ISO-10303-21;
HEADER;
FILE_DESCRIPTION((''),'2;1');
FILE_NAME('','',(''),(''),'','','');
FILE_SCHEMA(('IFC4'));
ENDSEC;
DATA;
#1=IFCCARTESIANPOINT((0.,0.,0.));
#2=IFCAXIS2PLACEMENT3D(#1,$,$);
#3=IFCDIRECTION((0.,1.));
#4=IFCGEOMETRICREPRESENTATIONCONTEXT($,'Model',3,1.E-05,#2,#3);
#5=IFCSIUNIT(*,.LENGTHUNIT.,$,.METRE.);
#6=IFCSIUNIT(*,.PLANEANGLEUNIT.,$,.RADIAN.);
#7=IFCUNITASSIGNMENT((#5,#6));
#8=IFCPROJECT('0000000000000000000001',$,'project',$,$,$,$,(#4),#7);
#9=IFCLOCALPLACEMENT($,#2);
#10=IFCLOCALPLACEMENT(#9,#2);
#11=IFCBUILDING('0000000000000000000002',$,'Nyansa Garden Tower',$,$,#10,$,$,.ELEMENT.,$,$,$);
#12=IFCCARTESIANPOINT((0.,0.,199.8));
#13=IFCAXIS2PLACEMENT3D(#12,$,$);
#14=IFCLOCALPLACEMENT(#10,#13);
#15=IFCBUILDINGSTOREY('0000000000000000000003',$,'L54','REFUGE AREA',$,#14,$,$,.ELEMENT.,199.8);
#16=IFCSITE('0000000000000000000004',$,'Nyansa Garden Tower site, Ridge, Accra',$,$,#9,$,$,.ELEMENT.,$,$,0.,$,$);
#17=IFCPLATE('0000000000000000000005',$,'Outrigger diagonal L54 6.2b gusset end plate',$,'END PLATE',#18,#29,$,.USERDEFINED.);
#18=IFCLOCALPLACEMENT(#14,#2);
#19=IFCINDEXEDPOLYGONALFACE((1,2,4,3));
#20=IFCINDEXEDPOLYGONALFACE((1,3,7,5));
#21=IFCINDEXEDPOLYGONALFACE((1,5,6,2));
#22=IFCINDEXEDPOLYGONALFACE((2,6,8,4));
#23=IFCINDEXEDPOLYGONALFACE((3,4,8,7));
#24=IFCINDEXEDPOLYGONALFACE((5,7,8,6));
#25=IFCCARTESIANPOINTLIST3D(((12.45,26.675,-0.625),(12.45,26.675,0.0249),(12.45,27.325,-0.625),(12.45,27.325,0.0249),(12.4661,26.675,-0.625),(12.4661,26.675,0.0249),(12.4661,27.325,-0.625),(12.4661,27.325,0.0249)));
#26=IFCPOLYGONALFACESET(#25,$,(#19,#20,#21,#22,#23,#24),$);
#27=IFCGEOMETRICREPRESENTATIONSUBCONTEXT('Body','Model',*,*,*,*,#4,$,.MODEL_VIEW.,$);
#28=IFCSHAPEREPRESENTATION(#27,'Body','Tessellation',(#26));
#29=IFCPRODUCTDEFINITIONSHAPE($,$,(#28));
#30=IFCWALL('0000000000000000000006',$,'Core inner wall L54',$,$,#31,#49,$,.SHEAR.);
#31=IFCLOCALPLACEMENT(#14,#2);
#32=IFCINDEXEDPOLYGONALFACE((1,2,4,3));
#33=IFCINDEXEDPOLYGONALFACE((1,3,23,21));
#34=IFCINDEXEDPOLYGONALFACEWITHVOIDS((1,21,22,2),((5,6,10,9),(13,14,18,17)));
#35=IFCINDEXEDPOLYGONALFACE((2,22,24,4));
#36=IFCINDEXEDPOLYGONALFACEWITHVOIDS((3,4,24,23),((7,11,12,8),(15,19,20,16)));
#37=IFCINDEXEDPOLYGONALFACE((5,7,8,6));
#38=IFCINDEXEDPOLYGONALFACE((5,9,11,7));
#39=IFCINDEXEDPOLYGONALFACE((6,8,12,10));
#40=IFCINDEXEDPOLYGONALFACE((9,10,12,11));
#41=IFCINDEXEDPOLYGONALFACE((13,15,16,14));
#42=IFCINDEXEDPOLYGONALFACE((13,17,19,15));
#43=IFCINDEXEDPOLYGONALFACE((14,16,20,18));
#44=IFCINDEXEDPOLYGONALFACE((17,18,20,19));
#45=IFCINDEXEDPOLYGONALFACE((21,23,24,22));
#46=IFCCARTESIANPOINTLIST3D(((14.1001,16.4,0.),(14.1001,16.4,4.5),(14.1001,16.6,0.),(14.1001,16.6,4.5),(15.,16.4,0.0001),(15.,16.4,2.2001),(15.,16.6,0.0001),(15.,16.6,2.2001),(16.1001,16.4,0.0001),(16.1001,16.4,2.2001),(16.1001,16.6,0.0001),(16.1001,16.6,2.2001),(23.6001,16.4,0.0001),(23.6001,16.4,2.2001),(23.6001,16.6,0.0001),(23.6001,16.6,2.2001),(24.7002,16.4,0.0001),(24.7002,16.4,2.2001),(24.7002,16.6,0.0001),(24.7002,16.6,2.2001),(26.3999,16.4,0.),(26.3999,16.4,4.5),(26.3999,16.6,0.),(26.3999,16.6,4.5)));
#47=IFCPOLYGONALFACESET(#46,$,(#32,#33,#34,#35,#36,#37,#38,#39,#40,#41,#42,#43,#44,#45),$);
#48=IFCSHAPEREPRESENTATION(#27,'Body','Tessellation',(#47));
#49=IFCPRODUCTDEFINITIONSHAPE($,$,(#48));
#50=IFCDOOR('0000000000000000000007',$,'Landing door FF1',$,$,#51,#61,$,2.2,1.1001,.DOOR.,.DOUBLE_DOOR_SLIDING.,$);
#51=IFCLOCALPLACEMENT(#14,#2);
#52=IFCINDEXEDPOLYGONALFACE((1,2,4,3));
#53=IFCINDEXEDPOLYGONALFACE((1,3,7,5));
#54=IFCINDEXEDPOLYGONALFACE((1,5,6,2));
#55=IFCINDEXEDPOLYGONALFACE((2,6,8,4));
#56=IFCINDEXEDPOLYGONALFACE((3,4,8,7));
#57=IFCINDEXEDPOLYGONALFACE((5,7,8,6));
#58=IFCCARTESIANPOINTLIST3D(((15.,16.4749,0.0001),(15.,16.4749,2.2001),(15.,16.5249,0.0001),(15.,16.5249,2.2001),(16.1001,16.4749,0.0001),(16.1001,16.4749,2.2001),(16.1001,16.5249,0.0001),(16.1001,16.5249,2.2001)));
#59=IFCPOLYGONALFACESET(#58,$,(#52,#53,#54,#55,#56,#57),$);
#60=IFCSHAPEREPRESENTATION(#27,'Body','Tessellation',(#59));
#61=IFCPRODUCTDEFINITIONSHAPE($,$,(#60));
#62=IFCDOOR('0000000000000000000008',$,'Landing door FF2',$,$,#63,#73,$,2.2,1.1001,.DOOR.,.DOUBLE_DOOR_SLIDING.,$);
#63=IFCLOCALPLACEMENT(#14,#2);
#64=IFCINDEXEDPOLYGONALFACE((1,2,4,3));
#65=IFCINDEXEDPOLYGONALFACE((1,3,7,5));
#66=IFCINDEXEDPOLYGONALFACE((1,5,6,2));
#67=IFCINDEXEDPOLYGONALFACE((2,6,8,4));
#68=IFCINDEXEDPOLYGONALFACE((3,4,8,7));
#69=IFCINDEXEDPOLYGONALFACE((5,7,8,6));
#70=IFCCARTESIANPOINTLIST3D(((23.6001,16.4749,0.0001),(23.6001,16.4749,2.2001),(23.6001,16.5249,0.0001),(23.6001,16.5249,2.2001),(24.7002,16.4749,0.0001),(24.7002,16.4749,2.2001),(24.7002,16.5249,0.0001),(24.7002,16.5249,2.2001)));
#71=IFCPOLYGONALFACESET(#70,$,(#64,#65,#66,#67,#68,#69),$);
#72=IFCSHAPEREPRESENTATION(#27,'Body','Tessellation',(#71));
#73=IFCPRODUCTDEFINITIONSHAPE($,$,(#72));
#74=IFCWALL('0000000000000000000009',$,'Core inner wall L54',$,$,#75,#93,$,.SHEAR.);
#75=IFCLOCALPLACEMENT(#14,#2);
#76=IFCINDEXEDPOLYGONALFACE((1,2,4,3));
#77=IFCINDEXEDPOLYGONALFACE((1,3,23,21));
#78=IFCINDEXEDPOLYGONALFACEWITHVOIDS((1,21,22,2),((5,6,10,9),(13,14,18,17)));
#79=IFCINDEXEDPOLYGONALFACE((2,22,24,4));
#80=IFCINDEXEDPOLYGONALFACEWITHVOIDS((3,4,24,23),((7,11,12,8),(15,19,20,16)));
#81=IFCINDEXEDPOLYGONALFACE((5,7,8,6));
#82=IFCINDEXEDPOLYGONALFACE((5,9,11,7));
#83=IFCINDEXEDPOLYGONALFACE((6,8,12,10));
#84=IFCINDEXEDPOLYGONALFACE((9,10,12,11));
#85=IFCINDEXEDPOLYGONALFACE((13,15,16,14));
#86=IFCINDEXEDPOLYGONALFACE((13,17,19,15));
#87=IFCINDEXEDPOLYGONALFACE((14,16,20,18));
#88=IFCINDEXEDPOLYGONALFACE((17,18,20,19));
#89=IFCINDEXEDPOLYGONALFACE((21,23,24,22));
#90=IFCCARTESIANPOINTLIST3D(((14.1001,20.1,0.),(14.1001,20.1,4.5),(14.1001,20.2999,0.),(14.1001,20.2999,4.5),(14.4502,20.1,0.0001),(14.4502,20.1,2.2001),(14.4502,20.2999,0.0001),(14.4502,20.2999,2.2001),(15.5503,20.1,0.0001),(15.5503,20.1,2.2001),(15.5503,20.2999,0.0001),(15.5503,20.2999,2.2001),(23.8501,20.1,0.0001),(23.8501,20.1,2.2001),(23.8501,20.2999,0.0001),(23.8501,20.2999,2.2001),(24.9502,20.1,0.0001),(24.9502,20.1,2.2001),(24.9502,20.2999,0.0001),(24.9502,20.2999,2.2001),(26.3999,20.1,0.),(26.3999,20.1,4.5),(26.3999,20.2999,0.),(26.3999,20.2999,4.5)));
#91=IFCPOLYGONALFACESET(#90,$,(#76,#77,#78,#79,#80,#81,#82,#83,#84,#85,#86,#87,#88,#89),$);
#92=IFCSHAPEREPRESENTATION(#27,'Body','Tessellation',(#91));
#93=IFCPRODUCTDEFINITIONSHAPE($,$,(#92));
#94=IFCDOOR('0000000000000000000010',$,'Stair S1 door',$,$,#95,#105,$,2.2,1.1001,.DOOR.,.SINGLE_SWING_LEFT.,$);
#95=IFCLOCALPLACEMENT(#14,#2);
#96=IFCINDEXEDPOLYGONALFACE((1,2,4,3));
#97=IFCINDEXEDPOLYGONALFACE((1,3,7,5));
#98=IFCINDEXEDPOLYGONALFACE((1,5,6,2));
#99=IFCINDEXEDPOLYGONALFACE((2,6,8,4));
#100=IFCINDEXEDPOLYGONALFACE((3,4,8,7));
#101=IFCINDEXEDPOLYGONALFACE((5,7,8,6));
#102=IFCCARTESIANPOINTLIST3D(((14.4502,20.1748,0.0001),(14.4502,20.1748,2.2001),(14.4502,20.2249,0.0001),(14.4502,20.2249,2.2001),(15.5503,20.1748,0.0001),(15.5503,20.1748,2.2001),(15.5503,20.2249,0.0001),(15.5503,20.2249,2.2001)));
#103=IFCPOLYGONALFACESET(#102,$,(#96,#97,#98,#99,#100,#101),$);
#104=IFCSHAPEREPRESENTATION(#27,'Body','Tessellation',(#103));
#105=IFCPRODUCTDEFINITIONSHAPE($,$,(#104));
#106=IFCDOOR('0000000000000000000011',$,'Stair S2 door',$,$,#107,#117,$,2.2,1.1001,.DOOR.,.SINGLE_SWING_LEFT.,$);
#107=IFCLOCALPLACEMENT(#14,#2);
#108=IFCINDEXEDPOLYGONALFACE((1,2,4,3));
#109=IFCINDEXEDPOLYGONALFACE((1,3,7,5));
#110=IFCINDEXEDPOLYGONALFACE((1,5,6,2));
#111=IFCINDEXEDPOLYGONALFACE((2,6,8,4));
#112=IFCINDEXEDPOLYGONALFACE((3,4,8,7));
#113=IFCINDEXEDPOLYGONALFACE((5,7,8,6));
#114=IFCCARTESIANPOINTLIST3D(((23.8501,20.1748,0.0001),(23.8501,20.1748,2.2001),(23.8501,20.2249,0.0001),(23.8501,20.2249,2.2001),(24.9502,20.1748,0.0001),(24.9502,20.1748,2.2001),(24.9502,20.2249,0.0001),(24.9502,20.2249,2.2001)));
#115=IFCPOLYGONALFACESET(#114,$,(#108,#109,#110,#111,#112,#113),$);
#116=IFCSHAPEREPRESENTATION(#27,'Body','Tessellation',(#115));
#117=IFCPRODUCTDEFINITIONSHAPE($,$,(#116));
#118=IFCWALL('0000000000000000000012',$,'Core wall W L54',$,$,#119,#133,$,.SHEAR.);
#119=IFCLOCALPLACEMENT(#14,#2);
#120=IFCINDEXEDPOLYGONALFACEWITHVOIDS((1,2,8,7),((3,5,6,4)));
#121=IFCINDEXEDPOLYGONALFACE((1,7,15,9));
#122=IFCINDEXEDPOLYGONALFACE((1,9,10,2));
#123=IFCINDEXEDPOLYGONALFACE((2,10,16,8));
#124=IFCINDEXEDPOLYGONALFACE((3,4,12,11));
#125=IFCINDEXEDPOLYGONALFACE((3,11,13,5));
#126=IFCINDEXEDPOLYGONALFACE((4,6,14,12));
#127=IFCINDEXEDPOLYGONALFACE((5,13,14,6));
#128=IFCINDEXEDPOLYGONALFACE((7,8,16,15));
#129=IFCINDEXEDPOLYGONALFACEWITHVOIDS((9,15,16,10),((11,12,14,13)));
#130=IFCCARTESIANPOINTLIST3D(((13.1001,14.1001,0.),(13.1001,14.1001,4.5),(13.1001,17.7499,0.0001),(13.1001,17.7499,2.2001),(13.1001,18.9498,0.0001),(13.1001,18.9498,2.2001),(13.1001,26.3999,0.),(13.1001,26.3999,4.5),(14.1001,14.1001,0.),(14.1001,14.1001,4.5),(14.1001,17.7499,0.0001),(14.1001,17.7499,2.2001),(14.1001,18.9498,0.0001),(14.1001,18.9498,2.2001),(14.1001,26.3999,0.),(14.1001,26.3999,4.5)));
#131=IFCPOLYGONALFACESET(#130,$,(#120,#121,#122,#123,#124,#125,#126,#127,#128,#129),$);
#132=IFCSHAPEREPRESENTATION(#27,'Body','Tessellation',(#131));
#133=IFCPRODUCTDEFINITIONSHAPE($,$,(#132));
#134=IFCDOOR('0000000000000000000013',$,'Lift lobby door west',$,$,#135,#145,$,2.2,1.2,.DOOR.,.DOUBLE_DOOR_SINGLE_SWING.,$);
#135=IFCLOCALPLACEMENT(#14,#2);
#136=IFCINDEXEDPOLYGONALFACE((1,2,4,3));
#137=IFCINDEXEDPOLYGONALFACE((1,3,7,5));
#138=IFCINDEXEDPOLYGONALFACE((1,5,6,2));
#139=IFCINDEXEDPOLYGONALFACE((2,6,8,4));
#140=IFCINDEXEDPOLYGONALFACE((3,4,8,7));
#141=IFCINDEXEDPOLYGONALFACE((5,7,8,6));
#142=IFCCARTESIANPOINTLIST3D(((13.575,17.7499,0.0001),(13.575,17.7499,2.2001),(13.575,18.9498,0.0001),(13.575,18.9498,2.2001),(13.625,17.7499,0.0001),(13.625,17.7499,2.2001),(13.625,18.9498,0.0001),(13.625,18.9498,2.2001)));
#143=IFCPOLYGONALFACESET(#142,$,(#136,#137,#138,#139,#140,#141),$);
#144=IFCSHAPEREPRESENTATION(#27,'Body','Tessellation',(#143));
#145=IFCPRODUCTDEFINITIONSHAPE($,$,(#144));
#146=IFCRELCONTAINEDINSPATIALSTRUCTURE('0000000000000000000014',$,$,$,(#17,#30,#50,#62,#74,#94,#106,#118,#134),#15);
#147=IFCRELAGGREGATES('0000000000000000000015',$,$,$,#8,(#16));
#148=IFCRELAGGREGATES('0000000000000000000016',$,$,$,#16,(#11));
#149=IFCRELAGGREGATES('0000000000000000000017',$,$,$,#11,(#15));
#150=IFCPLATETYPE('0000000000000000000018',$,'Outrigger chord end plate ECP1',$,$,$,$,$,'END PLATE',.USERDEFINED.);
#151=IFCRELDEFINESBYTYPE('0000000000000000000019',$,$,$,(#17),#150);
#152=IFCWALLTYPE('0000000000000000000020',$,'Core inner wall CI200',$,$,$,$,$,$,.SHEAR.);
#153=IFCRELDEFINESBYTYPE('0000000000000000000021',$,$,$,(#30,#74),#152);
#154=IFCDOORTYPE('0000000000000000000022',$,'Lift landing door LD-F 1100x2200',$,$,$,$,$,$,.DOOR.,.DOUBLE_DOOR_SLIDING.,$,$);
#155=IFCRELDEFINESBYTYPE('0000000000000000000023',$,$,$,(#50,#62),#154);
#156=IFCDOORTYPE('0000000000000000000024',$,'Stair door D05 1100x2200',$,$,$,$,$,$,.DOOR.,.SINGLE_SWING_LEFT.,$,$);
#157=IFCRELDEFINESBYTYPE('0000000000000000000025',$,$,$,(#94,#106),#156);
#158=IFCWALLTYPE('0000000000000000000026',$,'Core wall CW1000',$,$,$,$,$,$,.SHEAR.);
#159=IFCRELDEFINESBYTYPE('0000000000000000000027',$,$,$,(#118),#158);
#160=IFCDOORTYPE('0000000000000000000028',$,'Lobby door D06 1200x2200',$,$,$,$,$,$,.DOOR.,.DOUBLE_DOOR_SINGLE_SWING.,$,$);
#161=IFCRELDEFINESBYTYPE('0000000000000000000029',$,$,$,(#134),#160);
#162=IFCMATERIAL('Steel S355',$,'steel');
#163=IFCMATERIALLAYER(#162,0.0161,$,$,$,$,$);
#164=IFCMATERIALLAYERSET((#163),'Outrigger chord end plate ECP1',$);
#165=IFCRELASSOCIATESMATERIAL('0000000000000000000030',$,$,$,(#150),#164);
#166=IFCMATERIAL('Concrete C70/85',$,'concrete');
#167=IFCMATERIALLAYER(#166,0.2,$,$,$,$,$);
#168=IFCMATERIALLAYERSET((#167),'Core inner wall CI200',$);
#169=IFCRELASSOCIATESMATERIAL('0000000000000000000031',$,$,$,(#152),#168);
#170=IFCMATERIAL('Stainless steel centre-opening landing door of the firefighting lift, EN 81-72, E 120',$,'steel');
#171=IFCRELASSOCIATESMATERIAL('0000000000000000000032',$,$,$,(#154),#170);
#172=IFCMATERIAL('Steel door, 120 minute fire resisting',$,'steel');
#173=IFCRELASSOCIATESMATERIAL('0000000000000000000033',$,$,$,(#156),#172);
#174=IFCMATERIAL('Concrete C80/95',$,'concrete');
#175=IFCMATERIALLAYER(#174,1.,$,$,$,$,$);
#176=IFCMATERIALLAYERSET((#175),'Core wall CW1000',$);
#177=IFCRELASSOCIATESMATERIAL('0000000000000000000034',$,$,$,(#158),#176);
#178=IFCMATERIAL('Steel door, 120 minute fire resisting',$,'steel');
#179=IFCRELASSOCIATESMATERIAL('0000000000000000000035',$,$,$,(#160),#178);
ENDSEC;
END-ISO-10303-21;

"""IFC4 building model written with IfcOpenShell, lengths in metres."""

from ifc_helpers import new_model, si_unit, direction, frame, frame_2d, origin, origin_2d, place, context, subcontext, project, spatial, rectangle, extrude, material, layer, layer_set, type_object, element, fill, save


model = new_model("IFC4")

# Units and contexts
model_context = context("Model", 3, precision=1e-05, world=origin(), true_north=direction((0.0, 1.0)))
body_context = subcontext(model_context, "Body", "Model", "MODEL_VIEW")
ifc_project = project(units=[si_unit("LENGTHUNIT", "METRE"), si_unit("PLANEANGLEUNIT", "RADIAN")], contexts=[model_context])

# Site, building, storey
site_placement = place(None, origin())
site = spatial("IfcSite", under=ifc_project, at=site_placement, Name="Nyansa Garden Tower site, Ridge, Accra", CompositionType="ELEMENT", RefElevation=0.0)
building_placement = place(site_placement, origin())
building = spatial("IfcBuilding", under=site, at=building_placement, Name="Nyansa Garden Tower", CompositionType="ELEMENT")
storey_placement = place(building_placement, frame((0.0, 0.0, 199.8)))
storey = spatial("IfcBuildingStorey", under=building, at=storey_placement, Name="L54", Description="REFUGE AREA", CompositionType="ELEMENT", Elevation=199.8)

# Plate
ifc_material_1 = material(Name="Steel S355", Category="steel")
ifc_layer_1 = layer(ifc_material_1, 0.0161)
ifc_layer_set_1 = layer_set([ifc_layer_1], Name="Outrigger chord end plate ECP1")
plate_type = type_object("IfcPlateType", Name="Outrigger chord end plate ECP1", ElementType="END PLATE", PredefinedType="USERDEFINED", material=ifc_layer_set_1)
plate_placement = place(storey_placement, frame((12.458, 27.0, -0.625), z_axis=(0.0, 0.0, 1.0), x_axis=(1.0, 0.0, 0.0)))
element("IfcPlate", 1, at=plate_placement, inside=storey, type_object=plate_type, Name="Outrigger diagonal L54 6.2b gusset end plate", ObjectType="END PLATE", PredefinedType="USERDEFINED", context=body_context, shape_type="SweptSolid", body=[
    extrude(rectangle(XDim=0.0161, YDim=0.6499, at=origin_2d()), origin(), (0.0, 0.0, 1.0), 0.6499),
])

# Walls, openings, doors
ifc_material_2 = material(Name="Concrete C70/85", Category="concrete")
ifc_layer_2 = layer(ifc_material_2, 0.2)
ifc_layer_set_2 = layer_set([ifc_layer_2], Name="Core inner wall CI200")
wall_type_1 = type_object("IfcWallType", Name="Core inner wall CI200", PredefinedType="SHEAR", material=ifc_layer_set_2)
wall_1_placement = place(storey_placement, frame((14.1001, 16.5, 0.0), z_axis=(0.0, 0.0, 1.0), x_axis=(1.0, 0.0, 0.0)))
wall_1 = element("IfcWall", 2, at=wall_1_placement, inside=storey, type_object=wall_type_1, Name="Core inner wall L54", PredefinedType="SHEAR", context=body_context, shape_type="SweptSolid", body=[
    extrude(rectangle(XDim=12.2998, YDim=0.2, at=frame_2d((6.1499, 0.0))), origin(), (0.0, 0.0, 1.0), 4.5),
])
opening_1_placement = place(wall_1_placement, frame((0.8999, 0.0, 0.0)))
opening_1 = element("IfcOpeningElement", 3, at=opening_1_placement, cuts=wall_1, PredefinedType="OPENING", context=body_context, shape_type="SweptSolid", body=[
    extrude(rectangle(XDim=1.1001, YDim=2.2, at=frame_2d((0.55, 1.1001))), frame((0.0, 0.1099, 0.0), z_axis=(0.0, -1.0, 0.0), x_axis=(1.0, 0.0, 0.0)), (0.0, 0.0, 1.0), 0.22),
])
opening_2_placement = place(wall_1_placement, frame((9.5, 0.0, 0.0)))
opening_2 = element("IfcOpeningElement", 4, at=opening_2_placement, cuts=wall_1, PredefinedType="OPENING", context=body_context, shape_type="SweptSolid", body=[
    extrude(rectangle(XDim=1.1001, YDim=2.2, at=frame_2d((0.55, 1.1001))), frame((0.0, 0.1099, 0.0), z_axis=(0.0, -1.0, 0.0), x_axis=(1.0, 0.0, 0.0)), (0.0, 0.0, 1.0), 0.22),
])
ifc_material_3 = material(Name="Stainless steel centre-opening landing door of the firefighting lift, EN 81-72, E 120", Category="steel")
door_type_1 = type_object("IfcDoorType", Name="Lift landing door LD-F 1100x2200", OperationType="DOUBLE_DOOR_SLIDING", PredefinedType="DOOR", material=ifc_material_3)
door_1_placement = place(opening_1_placement, origin())
door_1 = element("IfcDoor", 5, at=door_1_placement, inside=storey, type_object=door_type_1, Name="Landing door FF1", OperationType="DOUBLE_DOOR_SLIDING", OverallHeight=2.2, OverallWidth=1.1001, PredefinedType="DOOR", context=body_context, shape_type="SweptSolid", body=[
    extrude(rectangle(XDim=1.1001, YDim=2.2, at=frame_2d((0.55, 1.1001))), frame((0.0, 0.0249, 0.0), z_axis=(0.0, -1.0, 0.0), x_axis=(1.0, 0.0, 0.0)), (0.0, 0.0, 1.0), 0.05),
])
fill(opening_1, door_1)
door_2_placement = place(opening_2_placement, origin())
door_2 = element("IfcDoor", 6, at=door_2_placement, inside=storey, type_object=door_type_1, Name="Landing door FF2", OperationType="DOUBLE_DOOR_SLIDING", OverallHeight=2.2, OverallWidth=1.1001, PredefinedType="DOOR", context=body_context, shape_type="SweptSolid", body=[
    extrude(rectangle(XDim=1.1001, YDim=2.2, at=frame_2d((0.55, 1.1001))), frame((0.0, 0.0249, 0.0), z_axis=(0.0, -1.0, 0.0), x_axis=(1.0, 0.0, 0.0)), (0.0, 0.0, 1.0), 0.05),
])
fill(opening_2, door_2)
wall_2_placement = place(storey_placement, frame((14.1001, 20.2, 0.0), z_axis=(0.0, 0.0, 1.0), x_axis=(1.0, 0.0, 0.0)))
wall_2 = element("IfcWall", 7, at=wall_2_placement, inside=storey, type_object=wall_type_1, Name="Core inner wall L54", PredefinedType="SHEAR", context=body_context, shape_type="SweptSolid", body=[
    extrude(rectangle(XDim=12.2998, YDim=0.2, at=frame_2d((6.1499, 0.0))), origin(), (0.0, 0.0, 1.0), 4.5),
])
opening_3_placement = place(wall_2_placement, frame((0.3501, 0.0, 0.0)))
opening_3 = element("IfcOpeningElement", 8, at=opening_3_placement, cuts=wall_2, PredefinedType="OPENING", context=body_context, shape_type="SweptSolid", body=[
    extrude(rectangle(XDim=1.1001, YDim=2.2, at=frame_2d((0.55, 1.1001))), frame((0.0, 0.1099, 0.0), z_axis=(0.0, -1.0, 0.0), x_axis=(1.0, 0.0, 0.0)), (0.0, 0.0, 1.0), 0.22),
])
opening_4_placement = place(wall_2_placement, frame((9.75, 0.0, 0.0)))
opening_4 = element("IfcOpeningElement", 9, at=opening_4_placement, cuts=wall_2, PredefinedType="OPENING", context=body_context, shape_type="SweptSolid", body=[
    extrude(rectangle(XDim=1.1001, YDim=2.2, at=frame_2d((0.55, 1.1001))), frame((0.0, 0.1099, 0.0), z_axis=(0.0, -1.0, 0.0), x_axis=(1.0, 0.0, 0.0)), (0.0, 0.0, 1.0), 0.22),
])
ifc_material_4 = material(Name="Steel door, 120 minute fire resisting", Category="steel")
door_type_2 = type_object("IfcDoorType", Name="Stair door D05 1100x2200", OperationType="SINGLE_SWING_LEFT", PredefinedType="DOOR", material=ifc_material_4)
door_3_placement = place(opening_3_placement, origin())
door_3 = element("IfcDoor", 10, at=door_3_placement, inside=storey, type_object=door_type_2, Name="Stair S1 door", OperationType="SINGLE_SWING_LEFT", OverallHeight=2.2, OverallWidth=1.1001, PredefinedType="DOOR", context=body_context, shape_type="SweptSolid", body=[
    extrude(rectangle(XDim=1.1001, YDim=2.2, at=frame_2d((0.55, 1.1001))), frame((0.0, 0.0249, 0.0), z_axis=(0.0, -1.0, 0.0), x_axis=(1.0, 0.0, 0.0)), (0.0, 0.0, 1.0), 0.05),
])
fill(opening_3, door_3)
door_4_placement = place(opening_4_placement, origin())
door_4 = element("IfcDoor", 11, at=door_4_placement, inside=storey, type_object=door_type_2, Name="Stair S2 door", OperationType="SINGLE_SWING_LEFT", OverallHeight=2.2, OverallWidth=1.1001, PredefinedType="DOOR", context=body_context, shape_type="SweptSolid", body=[
    extrude(rectangle(XDim=1.1001, YDim=2.2, at=frame_2d((0.55, 1.1001))), frame((0.0, 0.0249, 0.0), z_axis=(0.0, -1.0, 0.0), x_axis=(1.0, 0.0, 0.0)), (0.0, 0.0, 1.0), 0.05),
])
fill(opening_4, door_4)

# Wall, opening, door
ifc_material_5 = material(Name="Concrete C80/95", Category="concrete")
ifc_layer_3 = layer(ifc_material_5, 1.0)
ifc_layer_set_3 = layer_set([ifc_layer_3], Name="Core wall CW1000")
wall_type_2 = type_object("IfcWallType", Name="Core wall CW1000", PredefinedType="SHEAR", material=ifc_layer_set_3)
wall_3_placement = place(storey_placement, frame((13.6001, 26.3999, 0.0), z_axis=(0.0, 0.0, 1.0), x_axis=(0.0, -1.0, 0.0)))
wall_3 = element("IfcWall", 12, at=wall_3_placement, inside=storey, type_object=wall_type_2, Name="Core wall W L54", PredefinedType="SHEAR", context=body_context, shape_type="SweptSolid", body=[
    extrude(rectangle(XDim=12.2998, YDim=1.0, at=frame_2d((6.1499, 0.0))), origin(), (0.0, 0.0, 1.0), 4.5),
])
opening_5_placement = place(wall_3_placement, frame((7.45, 0.0, 0.0)))
opening_5 = element("IfcOpeningElement", 13, at=opening_5_placement, cuts=wall_3, PredefinedType="OPENING", context=body_context, shape_type="SweptSolid", body=[
    extrude(rectangle(XDim=1.2, YDim=2.2, at=frame_2d((0.6001, 1.1001))), frame((0.0, 0.51, 0.0), z_axis=(0.0, -1.0, 0.0), x_axis=(1.0, 0.0, 0.0)), (0.0, 0.0, 1.0), 1.02),
])
ifc_material_6 = material(Name="Steel door, 120 minute fire resisting", Category="steel")
door_type_3 = type_object("IfcDoorType", Name="Lobby door D06 1200x2200", OperationType="DOUBLE_DOOR_SINGLE_SWING", PredefinedType="DOOR", material=ifc_material_6)
door_5_placement = place(opening_5_placement, origin())
door_5 = element("IfcDoor", 14, at=door_5_placement, inside=storey, type_object=door_type_3, Name="Lift lobby door west", OperationType="DOUBLE_DOOR_SINGLE_SWING", OverallHeight=2.2, OverallWidth=1.2, PredefinedType="DOOR", context=body_context, shape_type="SweptSolid", body=[
    extrude(rectangle(XDim=1.2, YDim=2.2, at=frame_2d((0.6001, 1.1001))), frame((0.0, 0.0249, 0.0), z_axis=(0.0, -1.0, 0.0), x_axis=(1.0, 0.0, 0.0)), (0.0, 0.0, 1.0), 0.05),
])
fill(opening_5, door_5)

save(model, "model.ifc")
